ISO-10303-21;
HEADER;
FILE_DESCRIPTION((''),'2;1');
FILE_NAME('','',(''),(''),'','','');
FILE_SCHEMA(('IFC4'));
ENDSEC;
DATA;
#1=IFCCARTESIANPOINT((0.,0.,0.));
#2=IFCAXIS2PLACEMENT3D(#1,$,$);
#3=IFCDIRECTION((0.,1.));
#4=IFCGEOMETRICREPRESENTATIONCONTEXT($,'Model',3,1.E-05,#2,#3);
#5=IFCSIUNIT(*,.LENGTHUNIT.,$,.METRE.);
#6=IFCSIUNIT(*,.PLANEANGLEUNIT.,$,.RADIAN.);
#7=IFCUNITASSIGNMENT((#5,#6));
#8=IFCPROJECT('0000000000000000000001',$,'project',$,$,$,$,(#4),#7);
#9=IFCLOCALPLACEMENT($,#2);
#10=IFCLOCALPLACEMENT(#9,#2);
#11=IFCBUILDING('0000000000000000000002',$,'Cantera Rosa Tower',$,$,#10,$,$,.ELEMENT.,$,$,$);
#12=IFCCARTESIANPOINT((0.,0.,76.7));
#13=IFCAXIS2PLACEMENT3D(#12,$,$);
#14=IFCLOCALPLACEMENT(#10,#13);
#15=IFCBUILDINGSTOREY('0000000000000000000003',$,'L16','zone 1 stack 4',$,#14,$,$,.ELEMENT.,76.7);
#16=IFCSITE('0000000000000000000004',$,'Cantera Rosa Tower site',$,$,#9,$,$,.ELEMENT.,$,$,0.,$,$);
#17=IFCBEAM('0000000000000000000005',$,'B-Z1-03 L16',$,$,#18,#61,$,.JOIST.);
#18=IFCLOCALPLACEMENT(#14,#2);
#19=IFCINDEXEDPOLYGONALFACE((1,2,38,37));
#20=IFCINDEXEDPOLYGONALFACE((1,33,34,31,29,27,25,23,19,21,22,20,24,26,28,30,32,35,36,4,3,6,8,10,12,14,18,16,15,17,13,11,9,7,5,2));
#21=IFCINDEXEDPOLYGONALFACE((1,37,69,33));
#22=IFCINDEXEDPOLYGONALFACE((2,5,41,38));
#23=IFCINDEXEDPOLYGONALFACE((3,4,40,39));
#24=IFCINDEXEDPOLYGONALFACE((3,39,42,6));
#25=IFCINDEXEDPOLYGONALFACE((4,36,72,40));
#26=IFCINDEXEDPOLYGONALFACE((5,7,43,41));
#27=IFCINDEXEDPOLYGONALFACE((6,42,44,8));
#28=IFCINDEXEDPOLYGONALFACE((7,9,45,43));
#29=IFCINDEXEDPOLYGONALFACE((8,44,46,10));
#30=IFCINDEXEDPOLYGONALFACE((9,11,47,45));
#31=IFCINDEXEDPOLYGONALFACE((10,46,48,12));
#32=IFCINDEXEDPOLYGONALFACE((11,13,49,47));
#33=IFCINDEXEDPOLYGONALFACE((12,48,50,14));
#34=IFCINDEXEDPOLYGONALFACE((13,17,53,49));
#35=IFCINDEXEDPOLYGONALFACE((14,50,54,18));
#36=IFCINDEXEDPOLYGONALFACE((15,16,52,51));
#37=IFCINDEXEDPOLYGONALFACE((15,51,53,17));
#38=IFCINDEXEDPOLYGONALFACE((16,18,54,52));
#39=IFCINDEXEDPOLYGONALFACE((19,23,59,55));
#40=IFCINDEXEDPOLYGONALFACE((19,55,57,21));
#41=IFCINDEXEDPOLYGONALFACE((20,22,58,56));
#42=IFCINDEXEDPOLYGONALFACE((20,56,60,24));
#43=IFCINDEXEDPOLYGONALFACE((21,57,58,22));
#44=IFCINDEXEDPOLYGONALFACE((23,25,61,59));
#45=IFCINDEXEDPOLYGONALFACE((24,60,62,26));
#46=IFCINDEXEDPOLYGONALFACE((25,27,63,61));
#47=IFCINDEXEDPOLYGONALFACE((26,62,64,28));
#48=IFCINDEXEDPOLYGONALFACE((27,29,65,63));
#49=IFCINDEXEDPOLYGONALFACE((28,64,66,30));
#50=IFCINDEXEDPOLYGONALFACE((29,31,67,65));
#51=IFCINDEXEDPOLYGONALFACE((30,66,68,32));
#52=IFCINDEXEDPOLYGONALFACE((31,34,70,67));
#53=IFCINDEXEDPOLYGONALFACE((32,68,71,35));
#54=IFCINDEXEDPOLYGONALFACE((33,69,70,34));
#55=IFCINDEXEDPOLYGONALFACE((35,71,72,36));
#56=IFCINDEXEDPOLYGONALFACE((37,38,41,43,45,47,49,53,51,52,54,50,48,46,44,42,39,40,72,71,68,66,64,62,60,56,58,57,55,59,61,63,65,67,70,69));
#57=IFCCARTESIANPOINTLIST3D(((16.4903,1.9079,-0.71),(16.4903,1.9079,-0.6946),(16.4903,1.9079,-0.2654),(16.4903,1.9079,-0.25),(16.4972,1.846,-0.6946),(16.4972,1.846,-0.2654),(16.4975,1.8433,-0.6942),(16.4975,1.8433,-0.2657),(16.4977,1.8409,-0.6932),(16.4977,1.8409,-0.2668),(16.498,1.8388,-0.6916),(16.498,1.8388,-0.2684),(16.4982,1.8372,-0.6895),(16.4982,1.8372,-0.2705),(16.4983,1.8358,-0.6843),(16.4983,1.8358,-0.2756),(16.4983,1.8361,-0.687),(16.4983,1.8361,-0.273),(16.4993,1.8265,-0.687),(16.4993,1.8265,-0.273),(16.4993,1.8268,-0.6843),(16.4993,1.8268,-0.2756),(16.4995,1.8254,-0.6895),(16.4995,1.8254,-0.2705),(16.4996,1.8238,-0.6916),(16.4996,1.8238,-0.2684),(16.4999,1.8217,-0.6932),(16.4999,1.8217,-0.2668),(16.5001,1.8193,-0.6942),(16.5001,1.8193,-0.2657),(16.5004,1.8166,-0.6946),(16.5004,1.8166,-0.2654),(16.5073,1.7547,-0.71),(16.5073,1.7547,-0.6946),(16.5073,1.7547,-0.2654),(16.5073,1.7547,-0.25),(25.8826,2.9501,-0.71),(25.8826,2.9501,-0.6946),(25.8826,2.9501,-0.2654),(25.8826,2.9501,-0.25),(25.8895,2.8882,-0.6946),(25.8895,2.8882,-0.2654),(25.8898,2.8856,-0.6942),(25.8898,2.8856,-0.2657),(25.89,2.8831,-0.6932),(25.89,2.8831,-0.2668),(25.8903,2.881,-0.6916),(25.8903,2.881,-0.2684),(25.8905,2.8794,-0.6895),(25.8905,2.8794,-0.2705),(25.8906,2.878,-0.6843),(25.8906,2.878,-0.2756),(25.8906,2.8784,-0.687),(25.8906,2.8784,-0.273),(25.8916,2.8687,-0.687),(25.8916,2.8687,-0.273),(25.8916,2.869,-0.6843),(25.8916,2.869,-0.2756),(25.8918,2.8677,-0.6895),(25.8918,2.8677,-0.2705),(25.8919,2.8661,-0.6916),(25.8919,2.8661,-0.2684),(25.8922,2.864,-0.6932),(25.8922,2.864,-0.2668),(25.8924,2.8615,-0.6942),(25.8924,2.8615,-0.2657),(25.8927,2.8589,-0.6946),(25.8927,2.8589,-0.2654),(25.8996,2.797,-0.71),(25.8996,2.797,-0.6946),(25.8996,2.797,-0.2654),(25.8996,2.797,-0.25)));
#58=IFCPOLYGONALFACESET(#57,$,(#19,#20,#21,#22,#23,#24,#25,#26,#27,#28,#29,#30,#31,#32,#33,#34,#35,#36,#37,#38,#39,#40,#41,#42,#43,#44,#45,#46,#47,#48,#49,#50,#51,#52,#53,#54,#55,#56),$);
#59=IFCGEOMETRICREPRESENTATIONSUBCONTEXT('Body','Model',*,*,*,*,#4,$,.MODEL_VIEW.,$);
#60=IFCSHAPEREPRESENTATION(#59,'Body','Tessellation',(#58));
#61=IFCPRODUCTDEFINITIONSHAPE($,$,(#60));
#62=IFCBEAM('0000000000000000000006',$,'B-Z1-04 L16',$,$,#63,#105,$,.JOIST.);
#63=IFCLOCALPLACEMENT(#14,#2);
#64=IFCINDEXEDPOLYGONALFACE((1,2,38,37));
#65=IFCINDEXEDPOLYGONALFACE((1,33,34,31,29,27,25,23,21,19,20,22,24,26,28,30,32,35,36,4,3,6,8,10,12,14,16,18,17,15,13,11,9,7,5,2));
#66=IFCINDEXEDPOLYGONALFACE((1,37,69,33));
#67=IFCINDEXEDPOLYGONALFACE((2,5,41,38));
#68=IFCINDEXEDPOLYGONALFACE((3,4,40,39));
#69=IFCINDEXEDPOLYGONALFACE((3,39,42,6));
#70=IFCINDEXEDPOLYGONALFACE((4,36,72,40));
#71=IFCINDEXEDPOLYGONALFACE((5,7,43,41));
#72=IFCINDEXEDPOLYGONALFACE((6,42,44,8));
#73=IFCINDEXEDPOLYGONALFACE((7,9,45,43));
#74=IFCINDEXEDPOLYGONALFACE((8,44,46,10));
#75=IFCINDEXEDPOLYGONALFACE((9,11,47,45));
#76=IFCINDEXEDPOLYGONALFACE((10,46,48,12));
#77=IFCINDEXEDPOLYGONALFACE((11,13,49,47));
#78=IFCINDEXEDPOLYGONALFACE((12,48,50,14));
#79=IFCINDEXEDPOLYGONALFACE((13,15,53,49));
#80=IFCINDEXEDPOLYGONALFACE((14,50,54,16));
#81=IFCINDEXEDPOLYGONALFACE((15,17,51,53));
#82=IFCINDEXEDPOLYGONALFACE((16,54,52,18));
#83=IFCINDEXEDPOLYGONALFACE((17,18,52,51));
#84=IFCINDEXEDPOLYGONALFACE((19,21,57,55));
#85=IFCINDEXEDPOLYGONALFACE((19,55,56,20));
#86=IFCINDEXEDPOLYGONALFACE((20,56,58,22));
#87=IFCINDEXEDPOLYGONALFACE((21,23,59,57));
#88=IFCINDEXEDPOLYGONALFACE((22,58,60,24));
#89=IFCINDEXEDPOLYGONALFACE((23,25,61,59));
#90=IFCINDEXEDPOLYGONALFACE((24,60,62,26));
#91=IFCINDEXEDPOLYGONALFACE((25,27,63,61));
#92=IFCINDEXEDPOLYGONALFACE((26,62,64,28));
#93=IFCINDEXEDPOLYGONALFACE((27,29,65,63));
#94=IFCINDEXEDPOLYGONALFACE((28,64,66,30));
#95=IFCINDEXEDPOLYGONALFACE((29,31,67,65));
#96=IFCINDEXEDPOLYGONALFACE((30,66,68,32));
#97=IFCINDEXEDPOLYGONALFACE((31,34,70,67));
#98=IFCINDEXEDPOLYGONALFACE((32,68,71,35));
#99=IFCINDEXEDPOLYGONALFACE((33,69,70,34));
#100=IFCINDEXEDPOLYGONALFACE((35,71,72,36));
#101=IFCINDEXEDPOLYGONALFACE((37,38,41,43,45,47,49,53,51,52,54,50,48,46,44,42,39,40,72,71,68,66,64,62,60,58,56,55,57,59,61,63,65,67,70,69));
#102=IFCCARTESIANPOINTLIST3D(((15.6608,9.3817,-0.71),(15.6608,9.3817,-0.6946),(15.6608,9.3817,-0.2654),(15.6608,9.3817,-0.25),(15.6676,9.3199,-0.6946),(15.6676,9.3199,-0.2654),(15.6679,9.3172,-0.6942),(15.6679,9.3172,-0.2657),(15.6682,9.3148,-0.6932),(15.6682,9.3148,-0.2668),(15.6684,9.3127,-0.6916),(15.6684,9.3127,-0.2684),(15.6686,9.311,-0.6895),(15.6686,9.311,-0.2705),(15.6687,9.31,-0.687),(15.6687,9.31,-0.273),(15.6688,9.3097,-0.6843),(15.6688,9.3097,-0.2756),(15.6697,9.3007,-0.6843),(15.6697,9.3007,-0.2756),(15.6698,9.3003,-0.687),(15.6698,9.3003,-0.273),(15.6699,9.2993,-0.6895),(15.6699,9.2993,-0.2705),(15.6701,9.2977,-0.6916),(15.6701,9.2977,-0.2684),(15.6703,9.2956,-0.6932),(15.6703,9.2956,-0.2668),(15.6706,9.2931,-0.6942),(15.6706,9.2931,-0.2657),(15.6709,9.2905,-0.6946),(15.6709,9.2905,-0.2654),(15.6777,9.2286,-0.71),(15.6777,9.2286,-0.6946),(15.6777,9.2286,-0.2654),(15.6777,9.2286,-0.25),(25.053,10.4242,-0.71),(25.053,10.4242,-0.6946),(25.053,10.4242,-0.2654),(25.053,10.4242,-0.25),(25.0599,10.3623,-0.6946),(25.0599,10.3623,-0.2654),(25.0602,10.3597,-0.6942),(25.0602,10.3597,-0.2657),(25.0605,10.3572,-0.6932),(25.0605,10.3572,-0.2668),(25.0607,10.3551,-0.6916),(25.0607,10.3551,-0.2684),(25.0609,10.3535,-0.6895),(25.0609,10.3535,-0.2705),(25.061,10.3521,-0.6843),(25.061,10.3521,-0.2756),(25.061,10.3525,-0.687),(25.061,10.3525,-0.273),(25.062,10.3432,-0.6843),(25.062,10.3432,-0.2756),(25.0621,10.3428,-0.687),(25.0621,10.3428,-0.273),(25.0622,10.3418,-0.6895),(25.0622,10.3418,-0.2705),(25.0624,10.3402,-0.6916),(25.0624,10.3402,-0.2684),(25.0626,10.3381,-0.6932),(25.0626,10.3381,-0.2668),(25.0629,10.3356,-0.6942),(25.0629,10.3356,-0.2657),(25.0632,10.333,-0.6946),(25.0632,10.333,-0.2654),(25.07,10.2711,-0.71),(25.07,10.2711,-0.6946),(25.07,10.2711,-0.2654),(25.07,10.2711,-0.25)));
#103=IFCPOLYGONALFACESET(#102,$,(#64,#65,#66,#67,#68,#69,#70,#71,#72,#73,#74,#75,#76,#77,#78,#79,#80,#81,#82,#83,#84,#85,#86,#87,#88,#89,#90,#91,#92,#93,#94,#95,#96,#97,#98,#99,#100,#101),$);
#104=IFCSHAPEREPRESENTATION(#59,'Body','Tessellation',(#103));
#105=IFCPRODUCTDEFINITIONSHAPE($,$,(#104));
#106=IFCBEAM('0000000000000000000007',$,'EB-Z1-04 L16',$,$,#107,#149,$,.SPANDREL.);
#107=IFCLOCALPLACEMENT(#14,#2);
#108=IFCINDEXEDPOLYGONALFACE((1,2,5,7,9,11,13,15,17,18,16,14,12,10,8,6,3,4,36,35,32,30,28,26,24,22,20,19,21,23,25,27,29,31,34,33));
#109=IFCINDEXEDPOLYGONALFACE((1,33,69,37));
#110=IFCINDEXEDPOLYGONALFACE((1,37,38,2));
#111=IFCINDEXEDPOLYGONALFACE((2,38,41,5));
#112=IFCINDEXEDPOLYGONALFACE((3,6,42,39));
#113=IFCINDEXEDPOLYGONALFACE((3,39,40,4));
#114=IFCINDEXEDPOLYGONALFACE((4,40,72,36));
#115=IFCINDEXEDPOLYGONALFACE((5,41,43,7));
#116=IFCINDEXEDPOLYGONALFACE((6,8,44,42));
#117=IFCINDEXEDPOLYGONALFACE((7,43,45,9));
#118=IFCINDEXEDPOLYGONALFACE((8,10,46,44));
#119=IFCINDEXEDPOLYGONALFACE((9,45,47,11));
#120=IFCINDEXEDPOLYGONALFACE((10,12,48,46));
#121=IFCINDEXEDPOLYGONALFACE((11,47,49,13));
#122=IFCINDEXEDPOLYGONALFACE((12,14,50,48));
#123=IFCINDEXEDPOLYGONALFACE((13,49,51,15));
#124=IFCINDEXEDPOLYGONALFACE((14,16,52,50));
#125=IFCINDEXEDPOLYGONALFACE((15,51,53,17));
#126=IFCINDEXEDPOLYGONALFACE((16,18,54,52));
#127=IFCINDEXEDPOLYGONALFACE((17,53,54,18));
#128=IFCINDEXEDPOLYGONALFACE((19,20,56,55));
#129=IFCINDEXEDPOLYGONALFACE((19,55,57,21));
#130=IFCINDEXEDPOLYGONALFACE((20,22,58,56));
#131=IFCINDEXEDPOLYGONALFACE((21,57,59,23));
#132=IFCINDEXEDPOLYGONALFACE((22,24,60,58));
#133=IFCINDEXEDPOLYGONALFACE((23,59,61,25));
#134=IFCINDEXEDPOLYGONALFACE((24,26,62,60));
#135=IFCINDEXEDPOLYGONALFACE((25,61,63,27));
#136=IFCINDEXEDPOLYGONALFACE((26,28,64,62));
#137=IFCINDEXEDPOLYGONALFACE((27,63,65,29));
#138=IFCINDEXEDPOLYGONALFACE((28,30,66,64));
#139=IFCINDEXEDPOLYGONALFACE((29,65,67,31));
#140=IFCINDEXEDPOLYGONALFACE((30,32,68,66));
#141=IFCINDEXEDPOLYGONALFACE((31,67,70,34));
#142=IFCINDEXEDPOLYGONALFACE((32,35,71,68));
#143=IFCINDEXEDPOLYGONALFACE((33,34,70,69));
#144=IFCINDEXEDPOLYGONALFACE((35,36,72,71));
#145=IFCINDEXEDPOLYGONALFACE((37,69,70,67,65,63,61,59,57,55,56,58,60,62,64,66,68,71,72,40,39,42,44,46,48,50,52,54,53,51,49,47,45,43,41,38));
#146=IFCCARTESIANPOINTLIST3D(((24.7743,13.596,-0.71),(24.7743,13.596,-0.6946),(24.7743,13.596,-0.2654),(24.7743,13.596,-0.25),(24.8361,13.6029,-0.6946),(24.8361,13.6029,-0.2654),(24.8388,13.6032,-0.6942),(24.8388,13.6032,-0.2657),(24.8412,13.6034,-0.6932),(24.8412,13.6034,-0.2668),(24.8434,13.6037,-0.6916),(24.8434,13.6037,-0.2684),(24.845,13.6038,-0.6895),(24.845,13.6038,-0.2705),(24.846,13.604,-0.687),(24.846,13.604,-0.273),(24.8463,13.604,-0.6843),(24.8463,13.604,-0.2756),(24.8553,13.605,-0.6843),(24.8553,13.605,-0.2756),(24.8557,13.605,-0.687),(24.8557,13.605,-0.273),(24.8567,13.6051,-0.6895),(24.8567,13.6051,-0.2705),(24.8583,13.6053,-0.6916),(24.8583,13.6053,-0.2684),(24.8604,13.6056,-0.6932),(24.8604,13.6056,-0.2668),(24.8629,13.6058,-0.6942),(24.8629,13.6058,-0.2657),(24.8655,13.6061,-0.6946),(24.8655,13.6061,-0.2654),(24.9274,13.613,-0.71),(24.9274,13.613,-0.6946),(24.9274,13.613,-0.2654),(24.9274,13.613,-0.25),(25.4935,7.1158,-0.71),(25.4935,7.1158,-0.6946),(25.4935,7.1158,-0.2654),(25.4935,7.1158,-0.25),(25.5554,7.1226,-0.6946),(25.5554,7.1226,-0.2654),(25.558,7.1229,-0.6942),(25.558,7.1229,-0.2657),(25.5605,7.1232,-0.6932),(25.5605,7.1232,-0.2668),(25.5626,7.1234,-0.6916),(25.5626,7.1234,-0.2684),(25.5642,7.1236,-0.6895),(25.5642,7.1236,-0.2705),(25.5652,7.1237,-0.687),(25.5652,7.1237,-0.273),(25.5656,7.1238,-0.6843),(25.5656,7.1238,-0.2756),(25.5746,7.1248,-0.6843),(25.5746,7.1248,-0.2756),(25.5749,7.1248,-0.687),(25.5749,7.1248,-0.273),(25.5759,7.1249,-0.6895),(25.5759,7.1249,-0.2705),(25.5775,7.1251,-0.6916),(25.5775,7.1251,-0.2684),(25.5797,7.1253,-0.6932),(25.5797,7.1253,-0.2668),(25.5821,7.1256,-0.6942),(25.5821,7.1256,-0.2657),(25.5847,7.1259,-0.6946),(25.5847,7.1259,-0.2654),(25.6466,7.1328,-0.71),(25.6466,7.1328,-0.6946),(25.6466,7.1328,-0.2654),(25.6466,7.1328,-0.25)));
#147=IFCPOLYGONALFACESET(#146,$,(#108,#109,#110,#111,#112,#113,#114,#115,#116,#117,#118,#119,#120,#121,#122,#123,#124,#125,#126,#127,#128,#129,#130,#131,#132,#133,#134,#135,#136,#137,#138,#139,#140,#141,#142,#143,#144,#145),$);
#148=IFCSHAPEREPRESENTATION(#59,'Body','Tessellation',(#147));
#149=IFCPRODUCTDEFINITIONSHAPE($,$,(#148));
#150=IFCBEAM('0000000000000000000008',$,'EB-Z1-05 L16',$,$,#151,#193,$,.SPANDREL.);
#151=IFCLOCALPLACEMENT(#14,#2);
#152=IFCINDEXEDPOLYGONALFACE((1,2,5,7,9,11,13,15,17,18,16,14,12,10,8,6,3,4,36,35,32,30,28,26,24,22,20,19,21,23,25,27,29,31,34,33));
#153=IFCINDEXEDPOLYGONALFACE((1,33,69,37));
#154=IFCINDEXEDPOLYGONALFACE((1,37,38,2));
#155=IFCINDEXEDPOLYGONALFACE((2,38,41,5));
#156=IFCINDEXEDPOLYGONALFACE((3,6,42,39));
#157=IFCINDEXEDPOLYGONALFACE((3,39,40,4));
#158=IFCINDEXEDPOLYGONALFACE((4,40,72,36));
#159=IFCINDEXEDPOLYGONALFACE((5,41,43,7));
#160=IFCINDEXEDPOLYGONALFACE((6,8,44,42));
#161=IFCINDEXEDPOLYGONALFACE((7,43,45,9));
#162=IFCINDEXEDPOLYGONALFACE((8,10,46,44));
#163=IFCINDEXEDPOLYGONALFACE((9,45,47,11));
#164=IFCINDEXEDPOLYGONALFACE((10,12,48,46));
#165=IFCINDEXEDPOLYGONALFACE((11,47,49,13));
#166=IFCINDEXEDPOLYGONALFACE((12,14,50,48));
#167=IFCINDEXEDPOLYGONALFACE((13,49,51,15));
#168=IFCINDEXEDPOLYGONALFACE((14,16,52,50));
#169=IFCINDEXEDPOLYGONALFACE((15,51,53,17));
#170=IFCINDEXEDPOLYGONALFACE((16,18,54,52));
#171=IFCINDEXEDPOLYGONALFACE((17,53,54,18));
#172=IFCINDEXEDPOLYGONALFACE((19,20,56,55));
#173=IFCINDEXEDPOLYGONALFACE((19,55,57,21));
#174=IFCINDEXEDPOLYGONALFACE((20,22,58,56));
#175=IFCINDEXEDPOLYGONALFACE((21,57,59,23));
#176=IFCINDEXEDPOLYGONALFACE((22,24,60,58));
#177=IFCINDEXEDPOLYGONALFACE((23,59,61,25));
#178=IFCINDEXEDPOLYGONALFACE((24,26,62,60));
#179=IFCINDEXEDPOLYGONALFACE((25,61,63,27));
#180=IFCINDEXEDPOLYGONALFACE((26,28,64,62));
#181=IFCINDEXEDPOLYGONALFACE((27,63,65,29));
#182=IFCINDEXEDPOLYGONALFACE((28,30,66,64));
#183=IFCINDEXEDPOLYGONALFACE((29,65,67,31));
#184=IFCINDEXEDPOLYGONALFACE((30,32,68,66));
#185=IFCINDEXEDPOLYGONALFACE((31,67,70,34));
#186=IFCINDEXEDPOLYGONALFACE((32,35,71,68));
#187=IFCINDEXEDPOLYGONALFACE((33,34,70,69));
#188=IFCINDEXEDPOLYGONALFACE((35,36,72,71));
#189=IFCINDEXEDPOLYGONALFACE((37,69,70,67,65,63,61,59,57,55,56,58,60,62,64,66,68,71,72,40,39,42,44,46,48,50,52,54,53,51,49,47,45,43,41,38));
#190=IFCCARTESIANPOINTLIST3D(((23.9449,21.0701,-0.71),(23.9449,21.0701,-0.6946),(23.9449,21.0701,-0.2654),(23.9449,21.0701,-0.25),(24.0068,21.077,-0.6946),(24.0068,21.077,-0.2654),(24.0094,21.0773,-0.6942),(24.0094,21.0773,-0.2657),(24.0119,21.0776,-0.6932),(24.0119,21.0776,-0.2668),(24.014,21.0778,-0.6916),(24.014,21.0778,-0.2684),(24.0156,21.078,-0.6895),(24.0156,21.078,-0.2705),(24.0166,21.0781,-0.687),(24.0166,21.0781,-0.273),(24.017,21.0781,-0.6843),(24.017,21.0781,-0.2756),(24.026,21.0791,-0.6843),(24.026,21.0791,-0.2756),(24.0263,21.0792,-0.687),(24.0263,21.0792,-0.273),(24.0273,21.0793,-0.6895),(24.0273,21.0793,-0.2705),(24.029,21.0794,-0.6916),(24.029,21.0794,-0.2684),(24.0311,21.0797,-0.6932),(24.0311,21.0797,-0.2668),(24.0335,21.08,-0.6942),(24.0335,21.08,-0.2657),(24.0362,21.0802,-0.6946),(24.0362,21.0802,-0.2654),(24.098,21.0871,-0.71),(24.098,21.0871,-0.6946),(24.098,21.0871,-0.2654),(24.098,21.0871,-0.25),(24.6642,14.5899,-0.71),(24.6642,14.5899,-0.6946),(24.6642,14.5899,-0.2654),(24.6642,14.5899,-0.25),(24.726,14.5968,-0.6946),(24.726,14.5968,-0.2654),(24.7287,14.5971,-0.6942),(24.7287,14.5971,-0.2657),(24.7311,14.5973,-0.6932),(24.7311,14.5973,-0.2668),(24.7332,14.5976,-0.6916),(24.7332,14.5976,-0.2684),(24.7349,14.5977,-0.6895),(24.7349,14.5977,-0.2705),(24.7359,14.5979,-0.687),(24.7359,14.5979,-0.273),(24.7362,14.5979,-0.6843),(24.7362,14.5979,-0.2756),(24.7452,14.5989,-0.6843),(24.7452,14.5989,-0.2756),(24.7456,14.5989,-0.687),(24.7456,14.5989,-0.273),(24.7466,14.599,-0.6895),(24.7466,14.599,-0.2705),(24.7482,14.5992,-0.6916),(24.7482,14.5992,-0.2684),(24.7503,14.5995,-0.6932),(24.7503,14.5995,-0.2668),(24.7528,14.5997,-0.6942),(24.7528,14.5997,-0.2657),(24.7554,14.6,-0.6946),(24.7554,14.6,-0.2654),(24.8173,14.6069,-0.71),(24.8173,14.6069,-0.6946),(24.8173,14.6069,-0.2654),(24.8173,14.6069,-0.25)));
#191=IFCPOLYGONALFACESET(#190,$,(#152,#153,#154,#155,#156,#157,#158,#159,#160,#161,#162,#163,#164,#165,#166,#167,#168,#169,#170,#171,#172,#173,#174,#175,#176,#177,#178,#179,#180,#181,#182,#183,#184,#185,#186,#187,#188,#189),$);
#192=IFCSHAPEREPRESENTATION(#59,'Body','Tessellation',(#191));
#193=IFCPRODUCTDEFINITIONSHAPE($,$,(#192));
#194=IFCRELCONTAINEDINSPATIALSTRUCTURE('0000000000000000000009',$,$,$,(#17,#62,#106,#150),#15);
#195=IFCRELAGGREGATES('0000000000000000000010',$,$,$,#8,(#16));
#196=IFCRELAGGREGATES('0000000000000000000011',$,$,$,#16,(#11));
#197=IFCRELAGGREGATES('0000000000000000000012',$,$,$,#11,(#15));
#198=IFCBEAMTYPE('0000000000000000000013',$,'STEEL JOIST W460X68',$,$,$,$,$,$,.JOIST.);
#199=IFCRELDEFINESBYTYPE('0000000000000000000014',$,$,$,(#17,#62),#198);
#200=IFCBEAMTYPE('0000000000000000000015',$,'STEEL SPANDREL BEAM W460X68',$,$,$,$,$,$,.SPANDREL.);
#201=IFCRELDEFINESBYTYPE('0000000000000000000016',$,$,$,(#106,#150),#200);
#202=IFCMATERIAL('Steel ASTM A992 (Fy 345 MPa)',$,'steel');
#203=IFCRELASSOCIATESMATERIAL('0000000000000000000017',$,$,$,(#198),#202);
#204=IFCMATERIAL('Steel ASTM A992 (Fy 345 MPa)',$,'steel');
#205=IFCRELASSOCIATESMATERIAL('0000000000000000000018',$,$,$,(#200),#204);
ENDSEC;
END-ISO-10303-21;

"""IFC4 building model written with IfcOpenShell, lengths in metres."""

from ifc_helpers import new_model, si_unit, direction, frame, origin, origin_2d, place, context, subcontext, project, spatial, i_section, extrude, material, material_profile, profile_set, type_object, element, save


model = new_model("IFC4")

# Units and contexts
model_context = context("Model", 3, precision=1e-05, world=origin(), true_north=direction((0.0, 1.0)))
body_context = subcontext(model_context, "Body", "Model", "MODEL_VIEW")
ifc_project = project(units=[si_unit("LENGTHUNIT", "METRE"), si_unit("PLANEANGLEUNIT", "RADIAN")], contexts=[model_context])

# Site, building, storey
site_placement = place(None, origin())
site = spatial("IfcSite", under=ifc_project, at=site_placement, Name="Cantera Rosa Tower site", CompositionType="ELEMENT", RefElevation=0.0)
building_placement = place(site_placement, origin())
building = spatial("IfcBuilding", under=site, at=building_placement, Name="Cantera Rosa Tower", CompositionType="ELEMENT")
storey_placement = place(building_placement, frame((0.0, 0.0, 76.7)))
storey = spatial("IfcBuildingStorey", under=building, at=storey_placement, Name="L16", Description="zone 1 stack 4", CompositionType="ELEMENT", Elevation=76.7)

# Beams
ifc_material_1 = material(Name="Steel ASTM A992 (Fy 345 MPa)", Category="steel")
ifc_material_profile_1 = material_profile(ifc_material_1, i_section(OverallWidth=0.1541, OverallDepth=0.46, WebThickness=0.009, FlangeThickness=0.0154, FilletRadius=0.0103, at=origin_2d()), Name="W460X68")
ifc_profile_set_1 = profile_set([ifc_material_profile_1], Name="Steel ASTM A992 (Fy 345 MPa)")
beam_type_1 = type_object("IfcBeamType", Name="STEEL JOIST W460X68", PredefinedType="JOIST", material=ifc_profile_set_1)
for number, where, z_axis, x_axis, name in (
    (1, (25.8911, 2.8735, -0.48), (-0.993899, -0.11029, 0.0), (0.11029, -0.993899, 0.0), "B-Z1-03 L16"),
    (2, (25.0615, 10.3477, -0.48), (-0.993897, -0.110315, 0.0), (0.110315, -0.993897, 0.0), "B-Z1-04 L16"),
):
    element("IfcBeam", number, at=place(storey_placement, frame(where, z_axis=z_axis, x_axis=x_axis)), inside=storey, type_object=beam_type_1, Name=name, PredefinedType="JOIST", context=body_context, shape_type="SweptSolid", body=[
        extrude(i_section(OverallWidth=0.1541, OverallDepth=0.46, WebThickness=0.009, FlangeThickness=0.0154, FilletRadius=0.0103, at=origin_2d()), origin(), (0.0, 0.0, 1.0), 9.45),
    ])
ifc_material_2 = material(Name="Steel ASTM A992 (Fy 345 MPa)", Category="steel")
ifc_material_profile_2 = material_profile(ifc_material_2, i_section(OverallWidth=0.1541, OverallDepth=0.46, WebThickness=0.009, FlangeThickness=0.0154, FilletRadius=0.0103, at=origin_2d()), Name="W460X68")
ifc_profile_set_2 = profile_set([ifc_material_profile_2], Name="Steel ASTM A992 (Fy 345 MPa)")
beam_type_2 = type_object("IfcBeamType", Name="STEEL SPANDREL BEAM W460X68", PredefinedType="SPANDREL", material=ifc_profile_set_2)
for number, where, z_axis, x_axis, name in (
    (3, (25.5701, 7.1243, -0.48), (-0.110312, 0.993897, 0.0), (-0.993897, -0.110312, 0.0), "EB-Z1-04 L16"),
    (4, (24.7407, 14.5984, -0.48), (-0.110312, 0.993897, 0.0), (-0.993897, -0.110312, 0.0), "EB-Z1-05 L16"),
):
    element("IfcBeam", number, at=place(storey_placement, frame(where, z_axis=z_axis, x_axis=x_axis)), inside=storey, type_object=beam_type_2, Name=name, PredefinedType="SPANDREL", context=body_context, shape_type="SweptSolid", body=[
        extrude(i_section(OverallWidth=0.1541, OverallDepth=0.46, WebThickness=0.009, FlangeThickness=0.0154, FilletRadius=0.0103, at=origin_2d()), origin(), (0.0, 0.0, 1.0), 6.52),
    ])

save(model, "model.ifc")
